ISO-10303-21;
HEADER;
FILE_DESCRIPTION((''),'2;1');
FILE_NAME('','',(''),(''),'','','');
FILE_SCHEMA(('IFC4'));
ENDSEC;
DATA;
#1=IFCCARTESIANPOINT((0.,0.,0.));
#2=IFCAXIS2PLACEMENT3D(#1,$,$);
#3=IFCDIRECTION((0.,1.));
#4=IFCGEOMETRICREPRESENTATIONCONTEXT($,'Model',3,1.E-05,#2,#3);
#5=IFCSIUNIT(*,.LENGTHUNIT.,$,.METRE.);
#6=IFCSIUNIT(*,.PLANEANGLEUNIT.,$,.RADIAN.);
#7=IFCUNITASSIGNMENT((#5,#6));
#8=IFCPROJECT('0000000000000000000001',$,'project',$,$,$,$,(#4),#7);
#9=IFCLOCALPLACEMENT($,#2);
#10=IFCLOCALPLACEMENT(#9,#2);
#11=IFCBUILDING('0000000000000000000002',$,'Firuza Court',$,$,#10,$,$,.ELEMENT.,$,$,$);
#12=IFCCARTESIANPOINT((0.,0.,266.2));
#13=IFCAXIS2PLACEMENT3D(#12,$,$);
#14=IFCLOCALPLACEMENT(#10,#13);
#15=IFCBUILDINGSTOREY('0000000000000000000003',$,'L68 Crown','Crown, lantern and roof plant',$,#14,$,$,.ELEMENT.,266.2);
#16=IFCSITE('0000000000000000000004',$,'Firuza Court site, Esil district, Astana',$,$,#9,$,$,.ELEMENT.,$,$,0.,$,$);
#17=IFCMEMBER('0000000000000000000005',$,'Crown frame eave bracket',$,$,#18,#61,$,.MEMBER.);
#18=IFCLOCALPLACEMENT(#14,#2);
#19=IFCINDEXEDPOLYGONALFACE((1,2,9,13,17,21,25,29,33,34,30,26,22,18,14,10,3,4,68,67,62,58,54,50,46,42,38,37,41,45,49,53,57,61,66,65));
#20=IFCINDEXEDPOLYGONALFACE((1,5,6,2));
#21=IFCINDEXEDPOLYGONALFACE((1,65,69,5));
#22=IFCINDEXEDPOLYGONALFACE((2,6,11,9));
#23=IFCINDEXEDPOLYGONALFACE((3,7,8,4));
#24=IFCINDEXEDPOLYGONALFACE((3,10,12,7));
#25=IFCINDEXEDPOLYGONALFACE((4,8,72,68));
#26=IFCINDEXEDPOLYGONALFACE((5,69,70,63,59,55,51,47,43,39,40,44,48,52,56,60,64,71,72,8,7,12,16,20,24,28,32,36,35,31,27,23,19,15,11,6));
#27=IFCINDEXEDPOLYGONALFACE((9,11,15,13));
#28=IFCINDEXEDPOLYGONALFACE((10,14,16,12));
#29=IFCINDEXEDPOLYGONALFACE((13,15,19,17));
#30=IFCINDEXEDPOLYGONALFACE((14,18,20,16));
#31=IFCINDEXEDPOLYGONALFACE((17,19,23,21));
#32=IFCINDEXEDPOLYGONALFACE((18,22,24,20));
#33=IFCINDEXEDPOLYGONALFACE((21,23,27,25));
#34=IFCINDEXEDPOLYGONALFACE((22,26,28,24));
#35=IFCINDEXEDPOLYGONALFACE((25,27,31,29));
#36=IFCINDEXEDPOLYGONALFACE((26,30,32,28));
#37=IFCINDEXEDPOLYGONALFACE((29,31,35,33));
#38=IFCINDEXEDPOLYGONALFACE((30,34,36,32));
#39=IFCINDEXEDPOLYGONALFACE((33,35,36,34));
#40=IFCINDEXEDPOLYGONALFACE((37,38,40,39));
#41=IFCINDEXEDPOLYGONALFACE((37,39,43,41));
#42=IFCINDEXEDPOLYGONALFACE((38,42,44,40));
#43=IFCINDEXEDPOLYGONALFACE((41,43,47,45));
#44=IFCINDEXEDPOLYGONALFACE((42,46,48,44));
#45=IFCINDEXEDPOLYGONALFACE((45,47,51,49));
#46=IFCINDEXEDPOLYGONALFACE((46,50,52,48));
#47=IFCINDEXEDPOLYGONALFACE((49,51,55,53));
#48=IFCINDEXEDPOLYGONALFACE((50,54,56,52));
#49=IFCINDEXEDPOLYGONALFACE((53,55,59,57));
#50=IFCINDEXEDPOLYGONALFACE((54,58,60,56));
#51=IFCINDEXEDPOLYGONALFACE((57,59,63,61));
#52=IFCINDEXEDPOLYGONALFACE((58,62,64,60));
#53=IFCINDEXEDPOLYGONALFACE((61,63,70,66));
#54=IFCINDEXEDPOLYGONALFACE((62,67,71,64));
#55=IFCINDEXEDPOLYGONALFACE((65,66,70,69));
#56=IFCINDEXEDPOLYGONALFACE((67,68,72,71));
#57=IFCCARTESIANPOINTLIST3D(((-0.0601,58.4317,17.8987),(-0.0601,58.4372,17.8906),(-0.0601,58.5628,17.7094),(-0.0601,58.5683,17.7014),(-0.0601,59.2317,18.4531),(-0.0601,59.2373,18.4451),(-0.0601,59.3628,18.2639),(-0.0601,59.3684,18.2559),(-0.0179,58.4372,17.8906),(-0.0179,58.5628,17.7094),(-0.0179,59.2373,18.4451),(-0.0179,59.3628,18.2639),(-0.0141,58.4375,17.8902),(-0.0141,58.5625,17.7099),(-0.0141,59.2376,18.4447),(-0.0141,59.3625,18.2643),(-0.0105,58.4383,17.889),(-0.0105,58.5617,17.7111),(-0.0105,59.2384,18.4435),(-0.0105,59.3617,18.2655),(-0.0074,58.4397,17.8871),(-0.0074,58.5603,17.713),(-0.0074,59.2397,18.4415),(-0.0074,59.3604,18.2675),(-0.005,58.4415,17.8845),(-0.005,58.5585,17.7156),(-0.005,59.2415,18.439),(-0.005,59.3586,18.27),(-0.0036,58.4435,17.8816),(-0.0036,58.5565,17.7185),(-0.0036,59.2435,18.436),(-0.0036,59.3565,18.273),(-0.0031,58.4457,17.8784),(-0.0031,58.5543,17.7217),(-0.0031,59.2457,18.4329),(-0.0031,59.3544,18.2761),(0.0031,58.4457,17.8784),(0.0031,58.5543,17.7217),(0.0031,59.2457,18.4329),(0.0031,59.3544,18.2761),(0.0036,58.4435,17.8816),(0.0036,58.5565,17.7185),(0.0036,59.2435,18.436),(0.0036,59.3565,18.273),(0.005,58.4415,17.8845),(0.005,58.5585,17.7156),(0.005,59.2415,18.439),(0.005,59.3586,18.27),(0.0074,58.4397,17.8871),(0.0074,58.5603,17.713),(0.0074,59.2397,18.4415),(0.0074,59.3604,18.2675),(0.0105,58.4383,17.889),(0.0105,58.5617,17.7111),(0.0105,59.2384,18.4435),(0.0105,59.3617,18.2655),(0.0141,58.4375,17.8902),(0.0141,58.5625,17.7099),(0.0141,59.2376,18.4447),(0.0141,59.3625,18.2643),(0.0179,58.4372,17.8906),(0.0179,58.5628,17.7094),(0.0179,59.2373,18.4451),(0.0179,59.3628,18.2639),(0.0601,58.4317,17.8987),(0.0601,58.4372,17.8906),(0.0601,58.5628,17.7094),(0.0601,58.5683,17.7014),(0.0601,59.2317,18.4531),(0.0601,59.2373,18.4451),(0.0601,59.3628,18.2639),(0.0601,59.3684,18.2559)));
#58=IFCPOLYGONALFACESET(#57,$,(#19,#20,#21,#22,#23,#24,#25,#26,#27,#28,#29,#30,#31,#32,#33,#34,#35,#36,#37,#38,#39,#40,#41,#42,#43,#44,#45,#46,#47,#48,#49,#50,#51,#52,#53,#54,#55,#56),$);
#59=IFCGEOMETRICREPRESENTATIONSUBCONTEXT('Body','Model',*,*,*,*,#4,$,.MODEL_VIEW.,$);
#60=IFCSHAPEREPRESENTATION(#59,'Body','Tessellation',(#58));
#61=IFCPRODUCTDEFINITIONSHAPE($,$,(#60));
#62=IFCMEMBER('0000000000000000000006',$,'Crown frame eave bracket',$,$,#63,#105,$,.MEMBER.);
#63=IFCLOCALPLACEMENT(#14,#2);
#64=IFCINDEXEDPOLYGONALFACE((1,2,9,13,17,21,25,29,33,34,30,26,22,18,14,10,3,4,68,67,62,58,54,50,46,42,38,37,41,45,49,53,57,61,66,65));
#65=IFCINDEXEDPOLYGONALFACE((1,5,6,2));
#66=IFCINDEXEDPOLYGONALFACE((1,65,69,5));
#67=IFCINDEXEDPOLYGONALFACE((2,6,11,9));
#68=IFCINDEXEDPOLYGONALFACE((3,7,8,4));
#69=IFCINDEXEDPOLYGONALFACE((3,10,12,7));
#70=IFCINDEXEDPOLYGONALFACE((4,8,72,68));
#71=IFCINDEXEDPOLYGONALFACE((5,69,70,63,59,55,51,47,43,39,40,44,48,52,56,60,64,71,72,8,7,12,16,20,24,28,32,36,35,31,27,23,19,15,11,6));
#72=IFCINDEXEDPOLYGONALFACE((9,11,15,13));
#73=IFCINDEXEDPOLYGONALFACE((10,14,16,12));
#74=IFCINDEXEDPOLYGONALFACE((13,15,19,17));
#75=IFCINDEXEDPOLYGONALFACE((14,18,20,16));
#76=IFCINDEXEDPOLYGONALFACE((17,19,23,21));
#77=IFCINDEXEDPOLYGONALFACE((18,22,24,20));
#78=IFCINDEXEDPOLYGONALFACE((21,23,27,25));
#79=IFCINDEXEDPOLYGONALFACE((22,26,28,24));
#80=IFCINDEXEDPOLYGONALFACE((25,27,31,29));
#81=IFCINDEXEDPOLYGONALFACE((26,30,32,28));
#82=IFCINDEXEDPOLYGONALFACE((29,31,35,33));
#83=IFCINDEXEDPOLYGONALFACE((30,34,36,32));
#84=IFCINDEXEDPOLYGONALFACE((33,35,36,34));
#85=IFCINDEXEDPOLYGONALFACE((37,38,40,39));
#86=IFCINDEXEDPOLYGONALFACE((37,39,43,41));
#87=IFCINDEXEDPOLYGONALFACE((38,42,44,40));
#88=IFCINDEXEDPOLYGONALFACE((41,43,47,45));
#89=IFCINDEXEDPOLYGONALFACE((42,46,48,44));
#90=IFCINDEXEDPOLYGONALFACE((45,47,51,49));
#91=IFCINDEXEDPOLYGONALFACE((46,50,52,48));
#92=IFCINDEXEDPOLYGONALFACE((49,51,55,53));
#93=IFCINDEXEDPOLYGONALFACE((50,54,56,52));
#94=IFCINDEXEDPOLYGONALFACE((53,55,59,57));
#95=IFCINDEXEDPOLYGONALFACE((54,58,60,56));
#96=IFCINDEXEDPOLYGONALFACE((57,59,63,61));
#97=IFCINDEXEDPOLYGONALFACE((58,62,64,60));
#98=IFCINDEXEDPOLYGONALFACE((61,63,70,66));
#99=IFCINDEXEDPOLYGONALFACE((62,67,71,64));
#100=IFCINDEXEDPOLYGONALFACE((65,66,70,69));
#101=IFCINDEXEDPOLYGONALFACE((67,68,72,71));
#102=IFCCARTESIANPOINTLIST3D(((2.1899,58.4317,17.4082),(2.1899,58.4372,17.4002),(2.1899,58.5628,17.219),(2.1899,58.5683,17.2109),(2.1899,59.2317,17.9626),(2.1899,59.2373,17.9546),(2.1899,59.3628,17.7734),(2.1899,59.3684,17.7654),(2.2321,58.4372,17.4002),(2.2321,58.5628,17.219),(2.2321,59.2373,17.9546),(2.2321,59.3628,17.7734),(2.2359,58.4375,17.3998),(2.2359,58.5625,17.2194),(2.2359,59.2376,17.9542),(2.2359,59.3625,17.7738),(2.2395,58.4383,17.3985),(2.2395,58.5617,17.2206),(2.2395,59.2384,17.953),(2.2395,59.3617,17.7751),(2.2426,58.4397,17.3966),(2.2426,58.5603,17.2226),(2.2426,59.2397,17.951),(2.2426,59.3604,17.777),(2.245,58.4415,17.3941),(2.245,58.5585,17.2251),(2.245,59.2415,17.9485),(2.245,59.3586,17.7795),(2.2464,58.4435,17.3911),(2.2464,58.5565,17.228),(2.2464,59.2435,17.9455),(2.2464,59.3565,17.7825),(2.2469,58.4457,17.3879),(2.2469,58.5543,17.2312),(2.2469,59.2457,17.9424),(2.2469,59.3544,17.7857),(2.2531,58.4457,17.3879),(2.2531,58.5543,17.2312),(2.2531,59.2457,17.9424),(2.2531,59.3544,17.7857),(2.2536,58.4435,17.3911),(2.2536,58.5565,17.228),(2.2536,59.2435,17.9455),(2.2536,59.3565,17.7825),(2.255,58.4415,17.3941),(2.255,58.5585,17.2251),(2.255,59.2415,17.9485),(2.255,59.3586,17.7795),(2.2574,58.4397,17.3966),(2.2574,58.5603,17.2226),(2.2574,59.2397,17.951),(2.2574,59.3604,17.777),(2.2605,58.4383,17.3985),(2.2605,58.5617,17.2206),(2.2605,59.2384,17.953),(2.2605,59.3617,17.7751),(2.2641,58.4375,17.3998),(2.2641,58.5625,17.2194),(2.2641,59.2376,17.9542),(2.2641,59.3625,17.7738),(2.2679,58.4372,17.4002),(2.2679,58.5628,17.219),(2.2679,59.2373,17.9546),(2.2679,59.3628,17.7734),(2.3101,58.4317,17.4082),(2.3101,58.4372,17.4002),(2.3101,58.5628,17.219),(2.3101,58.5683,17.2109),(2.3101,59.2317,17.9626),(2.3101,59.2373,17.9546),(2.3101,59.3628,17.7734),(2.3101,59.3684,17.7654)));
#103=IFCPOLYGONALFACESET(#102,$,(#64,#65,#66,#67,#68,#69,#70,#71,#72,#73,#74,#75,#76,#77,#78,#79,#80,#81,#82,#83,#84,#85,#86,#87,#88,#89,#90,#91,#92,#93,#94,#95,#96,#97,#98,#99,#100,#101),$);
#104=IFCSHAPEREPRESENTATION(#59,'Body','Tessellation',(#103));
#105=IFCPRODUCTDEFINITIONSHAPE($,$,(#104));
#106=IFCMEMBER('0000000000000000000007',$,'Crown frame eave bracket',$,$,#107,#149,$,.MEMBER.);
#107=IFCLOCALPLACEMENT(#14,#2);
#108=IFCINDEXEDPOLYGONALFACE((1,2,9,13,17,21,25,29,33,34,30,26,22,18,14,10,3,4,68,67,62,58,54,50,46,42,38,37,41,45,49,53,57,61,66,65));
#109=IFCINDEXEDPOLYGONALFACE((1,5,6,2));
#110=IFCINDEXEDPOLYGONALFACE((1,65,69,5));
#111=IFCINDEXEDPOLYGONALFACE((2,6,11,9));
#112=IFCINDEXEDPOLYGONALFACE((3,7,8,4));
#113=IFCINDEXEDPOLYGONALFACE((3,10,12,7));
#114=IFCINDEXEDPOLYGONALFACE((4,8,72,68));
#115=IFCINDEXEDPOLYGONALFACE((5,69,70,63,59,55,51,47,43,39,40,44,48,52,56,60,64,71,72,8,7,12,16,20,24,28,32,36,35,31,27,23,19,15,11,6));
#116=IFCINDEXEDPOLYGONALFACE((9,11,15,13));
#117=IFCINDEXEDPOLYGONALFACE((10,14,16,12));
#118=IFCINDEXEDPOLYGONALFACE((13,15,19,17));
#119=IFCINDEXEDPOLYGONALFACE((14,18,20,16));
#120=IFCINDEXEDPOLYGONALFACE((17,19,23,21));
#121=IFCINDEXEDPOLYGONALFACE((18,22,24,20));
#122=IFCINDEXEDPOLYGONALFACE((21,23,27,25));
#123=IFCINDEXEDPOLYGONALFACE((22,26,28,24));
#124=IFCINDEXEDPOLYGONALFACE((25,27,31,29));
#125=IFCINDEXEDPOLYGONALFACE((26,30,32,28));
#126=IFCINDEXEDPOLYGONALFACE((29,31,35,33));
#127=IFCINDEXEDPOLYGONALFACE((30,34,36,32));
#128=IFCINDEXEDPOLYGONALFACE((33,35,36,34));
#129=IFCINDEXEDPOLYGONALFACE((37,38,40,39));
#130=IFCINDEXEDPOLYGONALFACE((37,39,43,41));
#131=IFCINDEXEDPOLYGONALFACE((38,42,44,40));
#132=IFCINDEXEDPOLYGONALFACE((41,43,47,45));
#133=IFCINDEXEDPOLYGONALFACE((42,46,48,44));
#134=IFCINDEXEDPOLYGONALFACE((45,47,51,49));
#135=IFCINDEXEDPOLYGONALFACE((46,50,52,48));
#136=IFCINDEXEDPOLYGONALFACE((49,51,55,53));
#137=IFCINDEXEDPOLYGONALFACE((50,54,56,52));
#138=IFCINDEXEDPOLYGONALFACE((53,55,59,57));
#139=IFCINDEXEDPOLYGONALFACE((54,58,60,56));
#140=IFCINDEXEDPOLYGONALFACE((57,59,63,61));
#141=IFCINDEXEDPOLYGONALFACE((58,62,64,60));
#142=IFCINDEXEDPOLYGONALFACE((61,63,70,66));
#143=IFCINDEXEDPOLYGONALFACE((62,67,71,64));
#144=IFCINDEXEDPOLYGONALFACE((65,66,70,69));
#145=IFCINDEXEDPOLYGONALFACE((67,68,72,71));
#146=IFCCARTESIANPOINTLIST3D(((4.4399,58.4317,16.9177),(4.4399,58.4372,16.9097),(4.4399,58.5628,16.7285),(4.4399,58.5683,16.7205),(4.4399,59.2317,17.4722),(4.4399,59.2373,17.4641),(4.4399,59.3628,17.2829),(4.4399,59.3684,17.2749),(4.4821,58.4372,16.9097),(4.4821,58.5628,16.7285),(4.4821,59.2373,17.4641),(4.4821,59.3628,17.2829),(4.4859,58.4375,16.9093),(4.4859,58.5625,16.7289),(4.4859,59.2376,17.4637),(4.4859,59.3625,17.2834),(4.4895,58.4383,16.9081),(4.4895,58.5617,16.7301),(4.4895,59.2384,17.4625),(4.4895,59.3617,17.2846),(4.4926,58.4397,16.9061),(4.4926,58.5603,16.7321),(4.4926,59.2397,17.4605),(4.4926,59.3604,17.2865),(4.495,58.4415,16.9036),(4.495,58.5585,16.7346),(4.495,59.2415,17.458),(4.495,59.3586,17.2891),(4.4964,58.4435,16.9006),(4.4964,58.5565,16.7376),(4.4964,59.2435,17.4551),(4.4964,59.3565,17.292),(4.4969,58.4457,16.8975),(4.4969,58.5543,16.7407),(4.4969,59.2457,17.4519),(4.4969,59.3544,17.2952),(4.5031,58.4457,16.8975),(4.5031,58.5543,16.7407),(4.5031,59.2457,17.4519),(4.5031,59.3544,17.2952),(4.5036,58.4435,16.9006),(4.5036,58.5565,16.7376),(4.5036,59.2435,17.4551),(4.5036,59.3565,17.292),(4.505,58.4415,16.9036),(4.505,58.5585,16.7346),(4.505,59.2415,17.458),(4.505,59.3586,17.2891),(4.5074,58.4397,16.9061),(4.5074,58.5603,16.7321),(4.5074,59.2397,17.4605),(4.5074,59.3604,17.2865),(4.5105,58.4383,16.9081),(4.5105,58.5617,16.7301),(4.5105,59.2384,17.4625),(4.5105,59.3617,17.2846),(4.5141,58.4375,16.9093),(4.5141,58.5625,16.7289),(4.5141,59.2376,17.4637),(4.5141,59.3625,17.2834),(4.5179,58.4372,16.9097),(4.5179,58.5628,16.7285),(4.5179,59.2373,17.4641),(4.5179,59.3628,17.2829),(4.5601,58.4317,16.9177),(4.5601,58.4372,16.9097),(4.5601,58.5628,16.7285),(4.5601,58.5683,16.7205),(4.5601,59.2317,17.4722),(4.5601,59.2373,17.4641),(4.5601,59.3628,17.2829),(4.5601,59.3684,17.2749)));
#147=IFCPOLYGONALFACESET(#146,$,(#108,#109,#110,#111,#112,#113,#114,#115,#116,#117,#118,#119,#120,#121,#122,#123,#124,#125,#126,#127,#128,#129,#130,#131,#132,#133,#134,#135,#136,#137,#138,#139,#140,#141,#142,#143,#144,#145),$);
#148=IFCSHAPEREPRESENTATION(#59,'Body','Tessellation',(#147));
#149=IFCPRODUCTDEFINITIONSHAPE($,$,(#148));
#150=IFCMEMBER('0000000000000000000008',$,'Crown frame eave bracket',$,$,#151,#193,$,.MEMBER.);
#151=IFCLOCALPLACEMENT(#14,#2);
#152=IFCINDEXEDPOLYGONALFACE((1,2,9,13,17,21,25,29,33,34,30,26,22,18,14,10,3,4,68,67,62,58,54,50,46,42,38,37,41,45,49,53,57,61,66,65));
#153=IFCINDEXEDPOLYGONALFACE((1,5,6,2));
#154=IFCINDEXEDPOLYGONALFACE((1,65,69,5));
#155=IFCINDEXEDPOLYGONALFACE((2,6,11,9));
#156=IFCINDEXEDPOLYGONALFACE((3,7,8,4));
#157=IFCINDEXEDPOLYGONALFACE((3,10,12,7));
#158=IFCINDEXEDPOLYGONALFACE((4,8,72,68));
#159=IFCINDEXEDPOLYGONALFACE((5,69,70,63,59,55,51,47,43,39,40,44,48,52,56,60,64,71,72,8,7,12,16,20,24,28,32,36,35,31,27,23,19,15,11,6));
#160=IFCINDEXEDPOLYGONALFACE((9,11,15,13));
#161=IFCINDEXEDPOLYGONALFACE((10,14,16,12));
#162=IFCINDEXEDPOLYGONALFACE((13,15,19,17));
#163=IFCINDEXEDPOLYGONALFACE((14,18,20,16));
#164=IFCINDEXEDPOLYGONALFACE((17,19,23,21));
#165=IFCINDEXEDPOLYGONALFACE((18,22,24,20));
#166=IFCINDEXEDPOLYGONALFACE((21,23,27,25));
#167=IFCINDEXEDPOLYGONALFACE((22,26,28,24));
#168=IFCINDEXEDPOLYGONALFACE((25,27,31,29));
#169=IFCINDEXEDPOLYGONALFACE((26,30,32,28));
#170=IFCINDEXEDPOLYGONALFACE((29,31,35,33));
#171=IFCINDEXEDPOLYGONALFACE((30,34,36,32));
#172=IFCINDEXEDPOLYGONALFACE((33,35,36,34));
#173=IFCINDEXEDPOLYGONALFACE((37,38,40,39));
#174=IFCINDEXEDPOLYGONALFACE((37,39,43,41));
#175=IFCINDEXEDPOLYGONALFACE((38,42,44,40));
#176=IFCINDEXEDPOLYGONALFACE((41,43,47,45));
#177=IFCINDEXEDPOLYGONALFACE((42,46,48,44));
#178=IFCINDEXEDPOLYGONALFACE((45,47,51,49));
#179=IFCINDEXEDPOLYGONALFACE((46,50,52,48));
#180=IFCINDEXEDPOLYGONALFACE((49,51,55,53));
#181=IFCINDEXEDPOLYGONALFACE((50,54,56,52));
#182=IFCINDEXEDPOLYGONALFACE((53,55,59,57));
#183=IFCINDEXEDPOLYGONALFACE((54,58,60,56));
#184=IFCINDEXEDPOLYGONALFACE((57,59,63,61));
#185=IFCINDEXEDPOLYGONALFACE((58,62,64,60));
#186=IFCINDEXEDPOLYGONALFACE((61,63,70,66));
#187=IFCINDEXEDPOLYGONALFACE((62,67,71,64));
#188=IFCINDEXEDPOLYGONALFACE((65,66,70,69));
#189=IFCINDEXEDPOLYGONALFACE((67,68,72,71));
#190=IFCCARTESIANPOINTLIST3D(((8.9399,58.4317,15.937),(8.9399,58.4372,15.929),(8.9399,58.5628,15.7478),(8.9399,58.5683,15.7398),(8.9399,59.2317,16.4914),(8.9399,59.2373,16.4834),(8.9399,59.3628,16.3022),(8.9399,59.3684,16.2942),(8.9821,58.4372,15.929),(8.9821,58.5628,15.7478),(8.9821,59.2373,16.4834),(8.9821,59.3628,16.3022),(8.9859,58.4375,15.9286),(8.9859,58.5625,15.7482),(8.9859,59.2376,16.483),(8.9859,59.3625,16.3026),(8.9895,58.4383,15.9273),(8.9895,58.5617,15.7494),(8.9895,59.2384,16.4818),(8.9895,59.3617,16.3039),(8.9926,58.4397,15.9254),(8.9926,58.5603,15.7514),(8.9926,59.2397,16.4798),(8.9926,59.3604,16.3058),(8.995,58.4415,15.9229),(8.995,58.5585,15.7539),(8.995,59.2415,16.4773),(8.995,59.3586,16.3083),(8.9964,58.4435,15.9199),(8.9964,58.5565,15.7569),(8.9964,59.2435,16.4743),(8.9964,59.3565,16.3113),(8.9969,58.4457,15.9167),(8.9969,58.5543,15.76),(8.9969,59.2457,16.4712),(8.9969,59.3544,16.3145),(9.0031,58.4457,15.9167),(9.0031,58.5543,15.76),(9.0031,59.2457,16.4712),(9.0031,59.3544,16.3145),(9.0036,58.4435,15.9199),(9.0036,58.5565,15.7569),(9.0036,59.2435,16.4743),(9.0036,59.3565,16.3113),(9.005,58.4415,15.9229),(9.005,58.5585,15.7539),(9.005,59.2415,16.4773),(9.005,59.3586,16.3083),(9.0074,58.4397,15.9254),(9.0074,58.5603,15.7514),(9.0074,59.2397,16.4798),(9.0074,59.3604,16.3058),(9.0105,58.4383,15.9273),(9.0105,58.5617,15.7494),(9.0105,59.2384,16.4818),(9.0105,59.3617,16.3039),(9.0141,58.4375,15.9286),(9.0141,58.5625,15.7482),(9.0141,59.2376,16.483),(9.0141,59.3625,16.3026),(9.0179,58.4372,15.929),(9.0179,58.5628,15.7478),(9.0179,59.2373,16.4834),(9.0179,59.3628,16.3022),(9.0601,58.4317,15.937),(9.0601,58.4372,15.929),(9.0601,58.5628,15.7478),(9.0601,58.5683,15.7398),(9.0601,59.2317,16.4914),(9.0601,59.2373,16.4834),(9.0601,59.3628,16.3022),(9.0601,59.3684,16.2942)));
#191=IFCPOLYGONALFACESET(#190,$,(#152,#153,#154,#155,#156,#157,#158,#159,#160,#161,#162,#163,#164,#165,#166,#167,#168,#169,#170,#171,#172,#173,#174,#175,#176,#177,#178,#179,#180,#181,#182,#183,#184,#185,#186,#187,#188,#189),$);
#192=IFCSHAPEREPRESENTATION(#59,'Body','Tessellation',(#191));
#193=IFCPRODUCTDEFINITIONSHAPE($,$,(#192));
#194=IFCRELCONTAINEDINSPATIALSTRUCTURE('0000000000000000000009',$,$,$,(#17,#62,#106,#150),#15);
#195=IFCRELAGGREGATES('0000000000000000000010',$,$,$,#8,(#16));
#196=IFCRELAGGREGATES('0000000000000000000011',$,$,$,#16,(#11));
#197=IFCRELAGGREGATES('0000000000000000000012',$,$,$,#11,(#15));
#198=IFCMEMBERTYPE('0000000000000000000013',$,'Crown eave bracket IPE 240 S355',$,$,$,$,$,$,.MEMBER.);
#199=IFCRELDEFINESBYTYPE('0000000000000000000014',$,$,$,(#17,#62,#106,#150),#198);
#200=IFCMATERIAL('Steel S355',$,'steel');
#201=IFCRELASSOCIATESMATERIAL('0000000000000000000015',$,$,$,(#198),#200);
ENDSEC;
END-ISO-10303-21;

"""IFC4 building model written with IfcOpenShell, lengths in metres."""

from ifc_helpers import new_model, si_unit, direction, frame, origin, origin_2d, place, context, subcontext, project, spatial, i_section, extrude, material, material_profile, profile_set, type_object, element, save


model = new_model("IFC4")

# Units and contexts
model_context = context("Model", 3, precision=1e-05, world=origin(), true_north=direction((0.0, 1.0)))
body_context = subcontext(model_context, "Body", "Model", "MODEL_VIEW")
ifc_project = project(units=[si_unit("LENGTHUNIT", "METRE"), si_unit("PLANEANGLEUNIT", "RADIAN")], contexts=[model_context])

# Site, building, storey
site_placement = place(None, origin())
site = spatial("IfcSite", under=ifc_project, at=site_placement, Name="Firuza Court site, Esil district, Astana", CompositionType="ELEMENT", RefElevation=0.0)
building_placement = place(site_placement, origin())
building = spatial("IfcBuilding", under=site, at=building_placement, Name="Firuza Court", CompositionType="ELEMENT")
storey_placement = place(building_placement, frame((0.0, 0.0, 266.2)))
storey = spatial("IfcBuildingStorey", under=building, at=storey_placement, Name="L68 Crown", Description="Crown, lantern and roof plant", CompositionType="ELEMENT", Elevation=266.2)

# Members
ifc_material_1 = material(Name="Steel S355", Category="steel")
ifc_material_profile_1 = material_profile(ifc_material_1, i_section(OverallWidth=0.1201, OverallDepth=0.24, WebThickness=0.0061, FlangeThickness=0.0098, FilletRadius=0.0149, at=origin_2d()), Name="IPE 240")
ifc_profile_set_1 = profile_set([ifc_material_profile_1], Name="Steel S355")
member_type_1 = type_object("IfcMemberType", Name="Crown eave bracket IPE 240 S355", PredefinedType="MEMBER", material=ifc_profile_set_1)
for number, where, z_axis, x_axis, name in (
    (1, (0.0, 58.5, 17.8), (0.0, 0.821921, 0.569601), (-1.0, 0.0, 0.0), "Crown frame eave bracket"),
    (2, (2.25, 58.5, 17.3096), (0.0, 0.821921, 0.569601), (-1.0, 0.0, 0.0), "Crown frame eave bracket"),
    (3, (4.5, 58.5, 16.8191), (0.0, 0.821921, 0.569601), (-1.0, 0.0, 0.0), "Crown frame eave bracket"),
    (4, (9.0, 58.5, 15.8384), (0.0, 0.821921, 0.569601), (-1.0, 0.0, 0.0), "Crown frame eave bracket"),
):
    element("IfcMember", number, at=place(storey_placement, frame(where, z_axis=z_axis, x_axis=x_axis)), inside=storey, type_object=member_type_1, Name=name, PredefinedType="MEMBER", context=body_context, shape_type="SweptSolid", body=[
        extrude(i_section(OverallWidth=0.1201, OverallDepth=0.24, WebThickness=0.0061, FlangeThickness=0.0098, FilletRadius=0.0149, at=origin_2d()), origin(), (0.0, 0.0, 1.0), 0.9734),
    ])

save(model, "model.ifc")
